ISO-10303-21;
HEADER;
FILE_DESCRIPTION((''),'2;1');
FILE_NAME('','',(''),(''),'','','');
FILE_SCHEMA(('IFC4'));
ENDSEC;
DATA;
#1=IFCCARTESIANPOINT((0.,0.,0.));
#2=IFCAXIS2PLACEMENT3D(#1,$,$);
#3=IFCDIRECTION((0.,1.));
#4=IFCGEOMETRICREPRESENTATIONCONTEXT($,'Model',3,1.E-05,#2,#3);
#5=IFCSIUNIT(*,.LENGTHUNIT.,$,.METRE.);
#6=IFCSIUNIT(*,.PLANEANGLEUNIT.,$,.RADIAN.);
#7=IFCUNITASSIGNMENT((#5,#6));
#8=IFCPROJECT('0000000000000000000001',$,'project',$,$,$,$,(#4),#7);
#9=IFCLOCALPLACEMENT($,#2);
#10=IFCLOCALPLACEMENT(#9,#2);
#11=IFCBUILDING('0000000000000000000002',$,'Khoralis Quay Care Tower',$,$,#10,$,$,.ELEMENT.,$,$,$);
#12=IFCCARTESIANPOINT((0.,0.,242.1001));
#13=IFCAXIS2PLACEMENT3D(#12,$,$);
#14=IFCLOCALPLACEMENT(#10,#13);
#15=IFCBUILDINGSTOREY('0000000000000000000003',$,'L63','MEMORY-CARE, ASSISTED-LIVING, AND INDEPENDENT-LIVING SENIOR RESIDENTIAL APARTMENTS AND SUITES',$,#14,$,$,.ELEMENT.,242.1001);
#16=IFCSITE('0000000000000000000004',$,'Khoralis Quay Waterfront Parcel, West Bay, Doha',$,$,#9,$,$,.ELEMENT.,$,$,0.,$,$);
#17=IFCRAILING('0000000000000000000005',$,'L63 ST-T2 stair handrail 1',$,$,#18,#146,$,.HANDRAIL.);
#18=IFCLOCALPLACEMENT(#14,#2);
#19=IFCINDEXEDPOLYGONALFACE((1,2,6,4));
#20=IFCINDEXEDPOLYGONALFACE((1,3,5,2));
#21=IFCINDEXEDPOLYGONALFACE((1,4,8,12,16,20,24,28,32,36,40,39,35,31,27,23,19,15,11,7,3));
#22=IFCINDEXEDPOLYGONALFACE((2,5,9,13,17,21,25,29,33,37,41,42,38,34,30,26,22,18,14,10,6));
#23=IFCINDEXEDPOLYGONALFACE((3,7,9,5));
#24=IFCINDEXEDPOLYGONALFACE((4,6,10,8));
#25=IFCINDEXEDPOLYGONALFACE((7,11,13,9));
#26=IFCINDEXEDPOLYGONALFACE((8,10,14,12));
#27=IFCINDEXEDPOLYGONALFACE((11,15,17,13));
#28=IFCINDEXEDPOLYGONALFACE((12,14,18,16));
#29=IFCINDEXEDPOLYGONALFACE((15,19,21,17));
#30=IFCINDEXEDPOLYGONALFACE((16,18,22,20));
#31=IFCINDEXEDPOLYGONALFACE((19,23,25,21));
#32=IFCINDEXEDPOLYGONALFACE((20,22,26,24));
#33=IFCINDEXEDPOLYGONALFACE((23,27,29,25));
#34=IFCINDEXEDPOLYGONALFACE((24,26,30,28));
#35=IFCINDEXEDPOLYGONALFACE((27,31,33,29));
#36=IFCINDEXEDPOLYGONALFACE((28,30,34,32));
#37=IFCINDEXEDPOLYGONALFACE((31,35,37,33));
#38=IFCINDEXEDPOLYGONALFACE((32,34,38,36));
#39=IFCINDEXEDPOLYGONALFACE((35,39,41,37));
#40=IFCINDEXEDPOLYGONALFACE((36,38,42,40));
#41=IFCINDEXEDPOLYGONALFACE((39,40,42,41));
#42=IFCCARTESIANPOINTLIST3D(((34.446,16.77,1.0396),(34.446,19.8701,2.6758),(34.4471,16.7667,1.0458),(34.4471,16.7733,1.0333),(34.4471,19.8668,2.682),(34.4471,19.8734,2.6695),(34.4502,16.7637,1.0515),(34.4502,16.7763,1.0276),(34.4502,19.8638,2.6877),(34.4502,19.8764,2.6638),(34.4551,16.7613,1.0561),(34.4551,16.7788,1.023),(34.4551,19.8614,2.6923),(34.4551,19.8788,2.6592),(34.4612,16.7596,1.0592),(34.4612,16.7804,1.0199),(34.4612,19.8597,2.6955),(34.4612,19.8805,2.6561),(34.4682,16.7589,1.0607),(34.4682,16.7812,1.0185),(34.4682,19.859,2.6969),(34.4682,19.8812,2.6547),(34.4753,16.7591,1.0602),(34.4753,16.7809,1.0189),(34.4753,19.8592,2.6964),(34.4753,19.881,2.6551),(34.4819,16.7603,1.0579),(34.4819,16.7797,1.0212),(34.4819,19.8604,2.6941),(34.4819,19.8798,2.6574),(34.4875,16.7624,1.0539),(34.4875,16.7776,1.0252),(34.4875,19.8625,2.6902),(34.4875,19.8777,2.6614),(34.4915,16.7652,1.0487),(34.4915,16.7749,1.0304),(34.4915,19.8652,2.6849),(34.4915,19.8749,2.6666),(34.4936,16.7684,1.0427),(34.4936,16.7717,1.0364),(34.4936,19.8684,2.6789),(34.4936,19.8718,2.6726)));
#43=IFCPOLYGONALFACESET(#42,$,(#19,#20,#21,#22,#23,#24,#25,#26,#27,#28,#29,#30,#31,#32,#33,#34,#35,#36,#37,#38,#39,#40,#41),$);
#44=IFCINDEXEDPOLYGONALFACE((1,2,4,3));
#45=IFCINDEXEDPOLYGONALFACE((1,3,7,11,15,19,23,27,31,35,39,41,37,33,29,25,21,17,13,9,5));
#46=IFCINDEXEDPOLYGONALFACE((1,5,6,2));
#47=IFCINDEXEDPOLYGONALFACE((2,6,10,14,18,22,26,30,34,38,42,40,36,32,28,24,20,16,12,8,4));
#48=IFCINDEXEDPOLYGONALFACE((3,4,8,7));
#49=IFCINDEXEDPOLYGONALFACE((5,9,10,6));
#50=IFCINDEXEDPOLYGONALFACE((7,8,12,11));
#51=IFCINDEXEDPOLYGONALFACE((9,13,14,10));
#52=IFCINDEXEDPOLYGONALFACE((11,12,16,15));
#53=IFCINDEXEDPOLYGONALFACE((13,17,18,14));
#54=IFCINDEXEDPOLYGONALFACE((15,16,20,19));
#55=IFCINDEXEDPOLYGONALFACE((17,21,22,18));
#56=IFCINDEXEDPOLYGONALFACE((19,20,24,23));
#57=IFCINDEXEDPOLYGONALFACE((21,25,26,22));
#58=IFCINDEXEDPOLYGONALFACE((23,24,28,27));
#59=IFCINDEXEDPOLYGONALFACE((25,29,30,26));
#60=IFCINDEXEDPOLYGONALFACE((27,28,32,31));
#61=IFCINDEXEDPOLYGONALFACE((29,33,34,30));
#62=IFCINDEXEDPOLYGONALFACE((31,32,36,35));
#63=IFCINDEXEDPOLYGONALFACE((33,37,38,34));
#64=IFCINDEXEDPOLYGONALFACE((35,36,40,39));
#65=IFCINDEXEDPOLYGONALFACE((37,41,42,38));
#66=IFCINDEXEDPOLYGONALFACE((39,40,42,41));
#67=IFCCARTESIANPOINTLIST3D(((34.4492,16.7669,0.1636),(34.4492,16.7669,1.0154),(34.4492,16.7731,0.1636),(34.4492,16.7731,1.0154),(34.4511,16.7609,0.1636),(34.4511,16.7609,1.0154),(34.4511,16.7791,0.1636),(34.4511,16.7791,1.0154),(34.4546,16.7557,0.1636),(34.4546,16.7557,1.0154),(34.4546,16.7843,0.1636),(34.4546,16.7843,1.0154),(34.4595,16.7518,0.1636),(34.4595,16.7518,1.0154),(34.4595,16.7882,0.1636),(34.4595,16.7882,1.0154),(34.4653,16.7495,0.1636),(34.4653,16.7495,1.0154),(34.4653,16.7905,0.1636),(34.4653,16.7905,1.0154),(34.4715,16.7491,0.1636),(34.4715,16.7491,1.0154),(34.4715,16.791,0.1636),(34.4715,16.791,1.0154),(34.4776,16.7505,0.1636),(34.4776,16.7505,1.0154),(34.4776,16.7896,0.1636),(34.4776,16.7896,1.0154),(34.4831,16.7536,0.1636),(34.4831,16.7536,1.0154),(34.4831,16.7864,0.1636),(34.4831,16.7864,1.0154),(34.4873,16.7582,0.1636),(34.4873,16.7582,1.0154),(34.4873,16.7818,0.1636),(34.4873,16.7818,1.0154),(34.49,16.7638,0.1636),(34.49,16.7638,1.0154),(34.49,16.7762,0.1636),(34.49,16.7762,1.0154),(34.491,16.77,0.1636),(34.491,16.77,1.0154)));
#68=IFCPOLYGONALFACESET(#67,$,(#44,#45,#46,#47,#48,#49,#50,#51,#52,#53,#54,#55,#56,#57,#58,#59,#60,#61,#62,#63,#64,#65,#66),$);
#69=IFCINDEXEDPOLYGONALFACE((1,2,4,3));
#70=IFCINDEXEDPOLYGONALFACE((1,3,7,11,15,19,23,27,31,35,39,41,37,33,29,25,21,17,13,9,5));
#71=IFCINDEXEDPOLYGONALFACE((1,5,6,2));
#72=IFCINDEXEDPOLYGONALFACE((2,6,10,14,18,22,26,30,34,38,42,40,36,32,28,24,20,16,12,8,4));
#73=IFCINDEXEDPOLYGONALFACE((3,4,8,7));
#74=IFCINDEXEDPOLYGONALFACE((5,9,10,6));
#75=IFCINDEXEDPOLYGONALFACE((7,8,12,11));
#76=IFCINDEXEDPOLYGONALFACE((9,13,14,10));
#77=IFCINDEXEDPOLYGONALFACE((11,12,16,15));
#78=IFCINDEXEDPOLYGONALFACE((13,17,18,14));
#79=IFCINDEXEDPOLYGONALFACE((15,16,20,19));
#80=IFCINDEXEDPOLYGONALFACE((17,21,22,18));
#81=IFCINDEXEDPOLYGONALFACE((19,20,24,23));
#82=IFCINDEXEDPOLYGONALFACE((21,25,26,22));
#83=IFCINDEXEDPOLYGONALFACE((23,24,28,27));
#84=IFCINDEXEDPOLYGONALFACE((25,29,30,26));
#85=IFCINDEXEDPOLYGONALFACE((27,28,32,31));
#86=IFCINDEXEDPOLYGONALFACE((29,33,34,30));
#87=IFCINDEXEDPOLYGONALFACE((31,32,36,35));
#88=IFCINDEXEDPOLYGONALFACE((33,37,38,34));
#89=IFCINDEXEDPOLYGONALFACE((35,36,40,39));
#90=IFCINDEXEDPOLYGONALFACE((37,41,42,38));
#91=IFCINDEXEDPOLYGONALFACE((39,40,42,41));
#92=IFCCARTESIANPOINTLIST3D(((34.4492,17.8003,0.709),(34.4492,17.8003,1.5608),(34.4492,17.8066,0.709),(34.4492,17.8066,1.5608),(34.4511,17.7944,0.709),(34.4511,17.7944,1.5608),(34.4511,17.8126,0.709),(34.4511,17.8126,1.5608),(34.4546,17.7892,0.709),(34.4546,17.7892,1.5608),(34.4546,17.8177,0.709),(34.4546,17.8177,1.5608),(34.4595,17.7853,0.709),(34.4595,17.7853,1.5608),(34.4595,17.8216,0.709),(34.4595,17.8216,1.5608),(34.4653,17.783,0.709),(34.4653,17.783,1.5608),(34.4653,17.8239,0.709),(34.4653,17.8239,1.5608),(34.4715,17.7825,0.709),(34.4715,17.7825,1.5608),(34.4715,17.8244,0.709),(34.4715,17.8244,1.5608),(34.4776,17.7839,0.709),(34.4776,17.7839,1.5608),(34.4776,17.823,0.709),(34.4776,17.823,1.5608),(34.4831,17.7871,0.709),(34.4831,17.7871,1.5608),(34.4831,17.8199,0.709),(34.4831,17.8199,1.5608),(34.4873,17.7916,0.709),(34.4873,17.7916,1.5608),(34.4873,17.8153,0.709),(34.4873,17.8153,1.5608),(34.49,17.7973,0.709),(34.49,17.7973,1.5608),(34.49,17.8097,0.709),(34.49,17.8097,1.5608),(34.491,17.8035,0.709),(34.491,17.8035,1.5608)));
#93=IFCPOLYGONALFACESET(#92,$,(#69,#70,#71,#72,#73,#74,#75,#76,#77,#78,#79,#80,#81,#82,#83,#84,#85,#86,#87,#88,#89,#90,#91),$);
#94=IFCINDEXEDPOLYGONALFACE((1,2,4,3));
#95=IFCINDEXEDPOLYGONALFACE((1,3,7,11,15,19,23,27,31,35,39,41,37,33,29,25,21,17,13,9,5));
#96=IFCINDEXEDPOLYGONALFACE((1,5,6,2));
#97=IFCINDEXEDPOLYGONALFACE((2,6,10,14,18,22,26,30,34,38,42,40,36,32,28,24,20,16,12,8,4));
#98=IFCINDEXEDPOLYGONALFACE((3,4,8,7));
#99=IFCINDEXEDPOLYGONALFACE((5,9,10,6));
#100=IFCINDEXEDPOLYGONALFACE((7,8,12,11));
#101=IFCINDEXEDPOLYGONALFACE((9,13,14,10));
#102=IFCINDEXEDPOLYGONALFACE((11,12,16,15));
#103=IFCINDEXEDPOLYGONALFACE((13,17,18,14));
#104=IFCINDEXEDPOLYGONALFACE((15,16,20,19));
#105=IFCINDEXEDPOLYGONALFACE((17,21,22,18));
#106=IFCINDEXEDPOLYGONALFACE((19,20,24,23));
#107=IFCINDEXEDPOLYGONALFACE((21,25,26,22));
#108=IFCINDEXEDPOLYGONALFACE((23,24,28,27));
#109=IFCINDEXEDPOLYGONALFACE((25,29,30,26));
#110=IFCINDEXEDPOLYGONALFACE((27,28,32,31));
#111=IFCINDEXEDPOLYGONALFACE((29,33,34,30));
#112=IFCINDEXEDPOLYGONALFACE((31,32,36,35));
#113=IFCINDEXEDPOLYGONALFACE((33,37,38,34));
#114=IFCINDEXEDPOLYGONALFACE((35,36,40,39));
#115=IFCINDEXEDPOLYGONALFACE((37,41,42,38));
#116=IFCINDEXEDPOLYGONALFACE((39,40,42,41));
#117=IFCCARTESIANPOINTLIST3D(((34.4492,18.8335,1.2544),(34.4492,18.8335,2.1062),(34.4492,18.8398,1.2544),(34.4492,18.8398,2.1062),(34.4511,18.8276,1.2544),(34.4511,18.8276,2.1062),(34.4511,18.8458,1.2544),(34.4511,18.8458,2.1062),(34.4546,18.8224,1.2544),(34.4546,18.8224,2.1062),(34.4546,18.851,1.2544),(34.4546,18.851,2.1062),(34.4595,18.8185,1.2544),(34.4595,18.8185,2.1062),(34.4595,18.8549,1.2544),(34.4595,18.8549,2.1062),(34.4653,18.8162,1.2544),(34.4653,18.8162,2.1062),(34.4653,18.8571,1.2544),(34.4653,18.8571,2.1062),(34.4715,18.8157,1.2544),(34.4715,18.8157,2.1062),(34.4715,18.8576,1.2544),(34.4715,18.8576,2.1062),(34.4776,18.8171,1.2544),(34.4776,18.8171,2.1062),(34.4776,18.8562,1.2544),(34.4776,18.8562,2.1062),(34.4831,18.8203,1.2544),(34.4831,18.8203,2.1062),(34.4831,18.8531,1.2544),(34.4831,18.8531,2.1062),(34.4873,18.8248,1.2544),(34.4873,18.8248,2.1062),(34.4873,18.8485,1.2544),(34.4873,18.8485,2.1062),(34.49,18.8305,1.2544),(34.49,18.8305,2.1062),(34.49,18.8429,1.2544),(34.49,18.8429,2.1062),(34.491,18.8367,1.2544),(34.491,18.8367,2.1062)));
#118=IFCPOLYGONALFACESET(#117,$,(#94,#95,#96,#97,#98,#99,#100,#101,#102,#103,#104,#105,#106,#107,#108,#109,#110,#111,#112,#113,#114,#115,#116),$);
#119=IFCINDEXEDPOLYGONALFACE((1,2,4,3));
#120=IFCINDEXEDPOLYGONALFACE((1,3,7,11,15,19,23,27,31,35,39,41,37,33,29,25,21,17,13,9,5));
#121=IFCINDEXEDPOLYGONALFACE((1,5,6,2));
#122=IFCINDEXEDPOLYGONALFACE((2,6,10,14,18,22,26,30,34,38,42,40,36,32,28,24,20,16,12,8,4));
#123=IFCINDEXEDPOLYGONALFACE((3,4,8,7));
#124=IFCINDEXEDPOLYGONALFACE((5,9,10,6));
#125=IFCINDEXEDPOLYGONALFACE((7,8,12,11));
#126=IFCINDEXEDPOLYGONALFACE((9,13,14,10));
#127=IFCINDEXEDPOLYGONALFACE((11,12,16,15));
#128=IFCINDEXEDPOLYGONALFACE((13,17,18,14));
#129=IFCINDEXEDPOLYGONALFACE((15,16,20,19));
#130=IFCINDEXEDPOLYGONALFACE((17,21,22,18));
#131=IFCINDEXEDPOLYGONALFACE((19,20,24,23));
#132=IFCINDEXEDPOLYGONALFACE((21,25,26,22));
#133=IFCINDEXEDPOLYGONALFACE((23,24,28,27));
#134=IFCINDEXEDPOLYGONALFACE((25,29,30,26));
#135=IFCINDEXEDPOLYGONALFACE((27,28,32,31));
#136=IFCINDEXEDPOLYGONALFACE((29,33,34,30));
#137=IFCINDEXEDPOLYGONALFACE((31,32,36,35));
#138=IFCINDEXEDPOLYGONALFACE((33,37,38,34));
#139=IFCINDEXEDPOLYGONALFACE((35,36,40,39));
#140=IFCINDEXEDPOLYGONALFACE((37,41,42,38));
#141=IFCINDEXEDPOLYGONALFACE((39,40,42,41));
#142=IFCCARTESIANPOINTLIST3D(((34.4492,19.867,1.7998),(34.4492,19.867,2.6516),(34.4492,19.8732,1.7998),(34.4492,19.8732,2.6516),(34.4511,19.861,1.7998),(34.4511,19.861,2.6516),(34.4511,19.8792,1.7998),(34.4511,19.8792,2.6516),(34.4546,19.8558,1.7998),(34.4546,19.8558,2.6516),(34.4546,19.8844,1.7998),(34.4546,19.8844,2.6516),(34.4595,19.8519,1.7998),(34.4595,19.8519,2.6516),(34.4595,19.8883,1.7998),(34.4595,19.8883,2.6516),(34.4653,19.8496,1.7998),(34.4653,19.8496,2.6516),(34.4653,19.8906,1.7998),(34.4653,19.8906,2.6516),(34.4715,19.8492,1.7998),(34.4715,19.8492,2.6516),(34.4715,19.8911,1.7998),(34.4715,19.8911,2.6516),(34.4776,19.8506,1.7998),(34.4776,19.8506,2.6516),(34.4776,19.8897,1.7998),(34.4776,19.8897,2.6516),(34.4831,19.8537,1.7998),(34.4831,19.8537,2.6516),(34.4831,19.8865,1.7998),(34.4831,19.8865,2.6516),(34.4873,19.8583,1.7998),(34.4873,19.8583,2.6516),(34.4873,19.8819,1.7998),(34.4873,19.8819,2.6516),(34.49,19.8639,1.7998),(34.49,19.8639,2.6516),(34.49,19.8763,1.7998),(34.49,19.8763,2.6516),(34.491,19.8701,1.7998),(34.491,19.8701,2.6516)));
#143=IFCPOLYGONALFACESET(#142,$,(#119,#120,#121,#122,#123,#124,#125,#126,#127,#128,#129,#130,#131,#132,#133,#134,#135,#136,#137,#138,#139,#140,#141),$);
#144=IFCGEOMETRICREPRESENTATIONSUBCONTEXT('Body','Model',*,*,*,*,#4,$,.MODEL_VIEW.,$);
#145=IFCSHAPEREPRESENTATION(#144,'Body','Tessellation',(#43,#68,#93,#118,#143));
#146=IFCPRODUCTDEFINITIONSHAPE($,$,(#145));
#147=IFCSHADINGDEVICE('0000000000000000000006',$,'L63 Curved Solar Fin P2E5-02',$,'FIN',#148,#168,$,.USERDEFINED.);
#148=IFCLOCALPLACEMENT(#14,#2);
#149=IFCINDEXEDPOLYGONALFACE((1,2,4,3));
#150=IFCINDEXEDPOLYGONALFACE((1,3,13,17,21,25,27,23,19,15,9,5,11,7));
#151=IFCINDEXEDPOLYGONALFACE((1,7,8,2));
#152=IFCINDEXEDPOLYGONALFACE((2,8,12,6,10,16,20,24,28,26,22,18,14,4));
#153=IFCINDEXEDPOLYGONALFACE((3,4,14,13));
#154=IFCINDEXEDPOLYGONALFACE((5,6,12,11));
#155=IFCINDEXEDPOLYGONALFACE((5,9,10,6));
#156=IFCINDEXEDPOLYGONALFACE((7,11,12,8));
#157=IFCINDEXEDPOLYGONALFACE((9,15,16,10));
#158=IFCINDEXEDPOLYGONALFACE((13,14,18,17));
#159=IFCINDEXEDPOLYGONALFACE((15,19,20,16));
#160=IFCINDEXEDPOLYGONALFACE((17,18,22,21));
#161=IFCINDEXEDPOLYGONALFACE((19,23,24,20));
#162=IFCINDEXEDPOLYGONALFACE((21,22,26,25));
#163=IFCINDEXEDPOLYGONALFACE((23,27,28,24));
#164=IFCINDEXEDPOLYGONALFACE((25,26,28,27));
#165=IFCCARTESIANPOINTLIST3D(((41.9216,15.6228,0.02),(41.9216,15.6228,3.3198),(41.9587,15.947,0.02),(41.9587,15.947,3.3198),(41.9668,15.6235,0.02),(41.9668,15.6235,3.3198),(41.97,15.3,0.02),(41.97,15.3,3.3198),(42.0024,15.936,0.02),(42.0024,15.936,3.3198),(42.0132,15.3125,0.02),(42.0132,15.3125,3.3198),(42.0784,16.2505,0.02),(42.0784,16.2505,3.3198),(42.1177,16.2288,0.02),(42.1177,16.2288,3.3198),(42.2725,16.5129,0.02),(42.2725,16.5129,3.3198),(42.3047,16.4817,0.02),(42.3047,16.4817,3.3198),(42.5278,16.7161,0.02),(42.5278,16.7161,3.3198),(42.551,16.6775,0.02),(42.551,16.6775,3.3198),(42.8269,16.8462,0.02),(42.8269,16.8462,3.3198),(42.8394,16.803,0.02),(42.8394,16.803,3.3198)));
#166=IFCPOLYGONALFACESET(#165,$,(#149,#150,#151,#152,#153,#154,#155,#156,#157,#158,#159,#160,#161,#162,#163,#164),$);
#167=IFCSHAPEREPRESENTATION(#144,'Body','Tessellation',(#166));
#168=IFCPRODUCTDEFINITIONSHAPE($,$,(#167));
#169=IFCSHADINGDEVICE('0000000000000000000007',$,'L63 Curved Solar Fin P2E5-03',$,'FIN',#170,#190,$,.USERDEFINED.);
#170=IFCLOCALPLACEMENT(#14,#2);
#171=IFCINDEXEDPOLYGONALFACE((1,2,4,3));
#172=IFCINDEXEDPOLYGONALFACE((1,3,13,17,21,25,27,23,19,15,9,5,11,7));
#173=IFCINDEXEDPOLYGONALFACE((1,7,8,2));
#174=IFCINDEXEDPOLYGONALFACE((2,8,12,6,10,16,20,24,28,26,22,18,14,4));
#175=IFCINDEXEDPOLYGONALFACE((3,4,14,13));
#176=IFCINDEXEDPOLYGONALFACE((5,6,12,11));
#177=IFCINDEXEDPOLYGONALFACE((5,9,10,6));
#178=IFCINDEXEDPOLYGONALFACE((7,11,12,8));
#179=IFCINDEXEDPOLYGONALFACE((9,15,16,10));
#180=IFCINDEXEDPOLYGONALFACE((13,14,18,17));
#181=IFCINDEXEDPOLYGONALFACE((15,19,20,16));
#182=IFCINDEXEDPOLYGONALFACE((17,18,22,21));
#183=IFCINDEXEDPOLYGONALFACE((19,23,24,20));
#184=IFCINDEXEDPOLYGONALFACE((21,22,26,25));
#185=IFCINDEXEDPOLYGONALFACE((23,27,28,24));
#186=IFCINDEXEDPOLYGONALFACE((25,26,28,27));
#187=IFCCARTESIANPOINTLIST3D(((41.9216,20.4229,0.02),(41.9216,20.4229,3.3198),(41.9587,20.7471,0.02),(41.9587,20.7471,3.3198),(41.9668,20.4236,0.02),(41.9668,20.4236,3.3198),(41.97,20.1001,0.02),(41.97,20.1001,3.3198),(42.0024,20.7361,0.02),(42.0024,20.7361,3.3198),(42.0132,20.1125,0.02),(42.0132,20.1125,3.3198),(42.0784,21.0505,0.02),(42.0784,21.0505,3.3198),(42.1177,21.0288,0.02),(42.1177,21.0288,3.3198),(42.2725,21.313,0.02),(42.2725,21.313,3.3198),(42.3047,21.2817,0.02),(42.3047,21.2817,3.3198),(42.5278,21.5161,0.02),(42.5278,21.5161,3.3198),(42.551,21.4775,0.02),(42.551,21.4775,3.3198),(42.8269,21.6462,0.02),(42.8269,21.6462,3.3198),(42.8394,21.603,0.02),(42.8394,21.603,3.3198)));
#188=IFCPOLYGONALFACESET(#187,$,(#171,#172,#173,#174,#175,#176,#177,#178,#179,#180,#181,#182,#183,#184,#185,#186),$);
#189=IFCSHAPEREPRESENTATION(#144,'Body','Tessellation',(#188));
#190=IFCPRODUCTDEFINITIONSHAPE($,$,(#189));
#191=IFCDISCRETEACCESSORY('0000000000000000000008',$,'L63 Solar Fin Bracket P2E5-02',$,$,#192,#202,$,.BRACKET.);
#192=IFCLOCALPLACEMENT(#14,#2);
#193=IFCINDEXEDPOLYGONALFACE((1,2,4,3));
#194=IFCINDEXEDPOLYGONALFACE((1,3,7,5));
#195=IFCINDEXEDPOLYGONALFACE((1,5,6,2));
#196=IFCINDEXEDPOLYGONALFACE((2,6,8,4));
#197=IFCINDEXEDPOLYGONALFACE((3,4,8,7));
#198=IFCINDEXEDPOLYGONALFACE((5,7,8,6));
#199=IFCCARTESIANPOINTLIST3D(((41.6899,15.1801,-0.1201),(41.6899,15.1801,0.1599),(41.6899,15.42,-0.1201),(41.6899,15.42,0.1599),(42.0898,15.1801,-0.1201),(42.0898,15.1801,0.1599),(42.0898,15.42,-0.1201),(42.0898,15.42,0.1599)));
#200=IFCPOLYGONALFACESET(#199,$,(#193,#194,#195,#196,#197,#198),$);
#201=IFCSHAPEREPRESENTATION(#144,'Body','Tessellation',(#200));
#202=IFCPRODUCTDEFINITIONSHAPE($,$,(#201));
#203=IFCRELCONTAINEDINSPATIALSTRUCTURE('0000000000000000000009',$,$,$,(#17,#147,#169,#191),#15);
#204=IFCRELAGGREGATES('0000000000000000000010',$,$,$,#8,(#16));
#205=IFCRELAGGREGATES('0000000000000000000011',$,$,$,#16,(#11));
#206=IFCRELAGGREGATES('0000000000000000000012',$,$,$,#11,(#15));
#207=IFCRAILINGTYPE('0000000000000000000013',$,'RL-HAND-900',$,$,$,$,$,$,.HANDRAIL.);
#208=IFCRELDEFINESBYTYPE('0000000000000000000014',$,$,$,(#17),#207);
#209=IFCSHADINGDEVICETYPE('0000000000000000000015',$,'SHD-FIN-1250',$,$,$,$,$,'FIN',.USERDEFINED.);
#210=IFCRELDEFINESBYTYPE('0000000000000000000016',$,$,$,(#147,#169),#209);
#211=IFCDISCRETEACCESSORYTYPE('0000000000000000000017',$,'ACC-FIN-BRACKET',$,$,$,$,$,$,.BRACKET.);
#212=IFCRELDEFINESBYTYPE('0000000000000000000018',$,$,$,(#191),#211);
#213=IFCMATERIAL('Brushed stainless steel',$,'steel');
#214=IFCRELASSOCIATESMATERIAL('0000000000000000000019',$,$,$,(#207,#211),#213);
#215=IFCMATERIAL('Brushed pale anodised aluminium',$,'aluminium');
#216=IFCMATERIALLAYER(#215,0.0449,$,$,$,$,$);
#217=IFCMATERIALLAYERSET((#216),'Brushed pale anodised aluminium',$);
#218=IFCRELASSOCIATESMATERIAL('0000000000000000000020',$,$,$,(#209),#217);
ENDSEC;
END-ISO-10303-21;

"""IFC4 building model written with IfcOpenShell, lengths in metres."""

from ifc_helpers import new_model, si_unit, direction, frame, origin, origin_2d, place, context, subcontext, project, spatial, polyline, rectangle, circle, outline, extrude, source, transform, mapped, material, layer, layer_set, type_object, element, save


model = new_model("IFC4")

# Units and contexts
model_context = context("Model", 3, precision=1e-05, world=origin(), true_north=direction((0.0, 1.0)))
body_context = subcontext(model_context, "Body", "Model", "MODEL_VIEW")
ifc_project = project(units=[si_unit("LENGTHUNIT", "METRE"), si_unit("PLANEANGLEUNIT", "RADIAN")], contexts=[model_context])

# Site, building, storey
site_placement = place(None, origin())
site = spatial("IfcSite", under=ifc_project, at=site_placement, Name="Khoralis Quay Waterfront Parcel, West Bay, Doha", CompositionType="ELEMENT", RefElevation=0.0)
building_placement = place(site_placement, origin())
building = spatial("IfcBuilding", under=site, at=building_placement, Name="Khoralis Quay Care Tower", CompositionType="ELEMENT")
storey_placement = place(building_placement, frame((0.0, 0.0, 242.1001)))
storey = spatial("IfcBuildingStorey", under=building, at=storey_placement, Name="L63", Description="MEMORY-CARE, ASSISTED-LIVING, AND INDEPENDENT-LIVING SENIOR RESIDENTIAL APARTMENTS AND SUITES", CompositionType="ELEMENT", Elevation=242.1001)

# Railing
ifc_material_1 = material(Name="Brushed stainless steel", Category="steel")
railing_type_1 = type_object("IfcRailingType", Name="RL-HAND-900", PredefinedType="HANDRAIL", material=ifc_material_1)
railing_1_placement = place(storey_placement, frame((34.47, 16.77, 0.1636)))
element("IfcRailing", 1, at=railing_1_placement, inside=storey, type_object=railing_type_1, Name="L63 ST-T2 stair handrail 1", PredefinedType="HANDRAIL", context=body_context, shape_type="SweptSolid", body=[
    extrude(circle(Radius=0.0239, at=origin_2d()), frame((0.0, 0.0, 0.876), z_axis=(0.0, 0.884377, 0.466774), x_axis=(-1.0, 0.0, 0.0)), (0.0, 0.0, 1.0), 3.5054),
    extrude(circle(Radius=0.021, at=origin_2d()), origin(), (0.0, 0.0, 1.0), 0.8518),
    extrude(circle(Radius=0.021, at=origin_2d()), frame((0.0, 1.0334, 0.5454)), (0.0, 0.0, 1.0), 0.8518),
    extrude(circle(Radius=0.021, at=origin_2d()), frame((0.0, 2.0667, 1.0908)), (0.0, 0.0, 1.0), 0.8518),
    extrude(circle(Radius=0.021, at=origin_2d()), frame((0.0, 3.1001, 1.6362)), (0.0, 0.0, 1.0), 0.8518),
])

# Shading devices
ifc_material_2 = material(Name="Brushed pale anodised aluminium", Category="aluminium")
ifc_layer_1 = layer(ifc_material_2, 0.0449)
ifc_layer_set_1 = layer_set([ifc_layer_1], Name="Brushed pale anodised aluminium")
shading_device_type = type_object("IfcShadingDeviceType", Name="SHD-FIN-1250", ElementType="FIN", PredefinedType="USERDEFINED", material=ifc_layer_set_1)
shared_shape_1 = source(origin(), body_context, "Body", "SweptSolid", [
    extrude(outline(polyline([(0.0, 0.0), (-0.0483, 0.3228), (-0.0112, 0.647), (0.1084, 0.9504), (0.3025, 1.2129), (0.5579, 1.416), (0.8569, 1.5461), (0.8694, 1.5029), (0.5811, 1.3774), (0.3347, 1.1816), (0.1477, 0.9287), (0.0325, 0.636), (-0.0032, 0.3235), (0.0432, 0.0125), (0.0, 0.0)])), origin(), (0.0, 0.0, 1.0), 3.2998),
])
for number, where, z_axis, x_axis, name in (
    (2, (41.97, 15.3, 0.02), (0.0, 0.0, 1.0), (1.0, 0.0, 0.0), "L63 Curved Solar Fin P2E5-02"),
    (3, (41.97, 20.1001, 0.02), (0.0, 0.0, 1.0), (1.0, 0.0, 0.0), "L63 Curved Solar Fin P2E5-03"),
):
    element("IfcShadingDevice", number, at=place(storey_placement, frame(where, z_axis=z_axis, x_axis=x_axis)), inside=storey, type_object=shading_device_type, Name=name, ObjectType="FIN", PredefinedType="USERDEFINED", context=body_context, shape_type="MappedRepresentation", body=[
        mapped(shared_shape_1, transform((0.0, 0.0, 0.0), scale=1.0)),
    ])

# Discrete accessory
discrete_accessory_type = type_object("IfcDiscreteAccessoryType", Name="ACC-FIN-BRACKET", PredefinedType="BRACKET", material=ifc_material_1)
shared_shape_2 = source(origin(), body_context, "Body", "SweptSolid", [
    extrude(rectangle(XDim=0.3999, YDim=0.24, at=origin_2d()), origin(), (0.0, 0.0, 1.0), 0.28),
])
for number, where, z_axis, x_axis, name in (
    (4, (41.8899, 15.3, -0.1201), (0.0, 0.0, 1.0), (1.0, 0.0, 0.0), "L63 Solar Fin Bracket P2E5-02"),
):
    element("IfcDiscreteAccessory", number, at=place(storey_placement, frame(where, z_axis=z_axis, x_axis=x_axis)), inside=storey, type_object=discrete_accessory_type, Name=name, PredefinedType="BRACKET", context=body_context, shape_type="MappedRepresentation", body=[
        mapped(shared_shape_2, transform((0.0, 0.0, 0.0), scale=1.0)),
    ])

save(model, "model.ifc")
